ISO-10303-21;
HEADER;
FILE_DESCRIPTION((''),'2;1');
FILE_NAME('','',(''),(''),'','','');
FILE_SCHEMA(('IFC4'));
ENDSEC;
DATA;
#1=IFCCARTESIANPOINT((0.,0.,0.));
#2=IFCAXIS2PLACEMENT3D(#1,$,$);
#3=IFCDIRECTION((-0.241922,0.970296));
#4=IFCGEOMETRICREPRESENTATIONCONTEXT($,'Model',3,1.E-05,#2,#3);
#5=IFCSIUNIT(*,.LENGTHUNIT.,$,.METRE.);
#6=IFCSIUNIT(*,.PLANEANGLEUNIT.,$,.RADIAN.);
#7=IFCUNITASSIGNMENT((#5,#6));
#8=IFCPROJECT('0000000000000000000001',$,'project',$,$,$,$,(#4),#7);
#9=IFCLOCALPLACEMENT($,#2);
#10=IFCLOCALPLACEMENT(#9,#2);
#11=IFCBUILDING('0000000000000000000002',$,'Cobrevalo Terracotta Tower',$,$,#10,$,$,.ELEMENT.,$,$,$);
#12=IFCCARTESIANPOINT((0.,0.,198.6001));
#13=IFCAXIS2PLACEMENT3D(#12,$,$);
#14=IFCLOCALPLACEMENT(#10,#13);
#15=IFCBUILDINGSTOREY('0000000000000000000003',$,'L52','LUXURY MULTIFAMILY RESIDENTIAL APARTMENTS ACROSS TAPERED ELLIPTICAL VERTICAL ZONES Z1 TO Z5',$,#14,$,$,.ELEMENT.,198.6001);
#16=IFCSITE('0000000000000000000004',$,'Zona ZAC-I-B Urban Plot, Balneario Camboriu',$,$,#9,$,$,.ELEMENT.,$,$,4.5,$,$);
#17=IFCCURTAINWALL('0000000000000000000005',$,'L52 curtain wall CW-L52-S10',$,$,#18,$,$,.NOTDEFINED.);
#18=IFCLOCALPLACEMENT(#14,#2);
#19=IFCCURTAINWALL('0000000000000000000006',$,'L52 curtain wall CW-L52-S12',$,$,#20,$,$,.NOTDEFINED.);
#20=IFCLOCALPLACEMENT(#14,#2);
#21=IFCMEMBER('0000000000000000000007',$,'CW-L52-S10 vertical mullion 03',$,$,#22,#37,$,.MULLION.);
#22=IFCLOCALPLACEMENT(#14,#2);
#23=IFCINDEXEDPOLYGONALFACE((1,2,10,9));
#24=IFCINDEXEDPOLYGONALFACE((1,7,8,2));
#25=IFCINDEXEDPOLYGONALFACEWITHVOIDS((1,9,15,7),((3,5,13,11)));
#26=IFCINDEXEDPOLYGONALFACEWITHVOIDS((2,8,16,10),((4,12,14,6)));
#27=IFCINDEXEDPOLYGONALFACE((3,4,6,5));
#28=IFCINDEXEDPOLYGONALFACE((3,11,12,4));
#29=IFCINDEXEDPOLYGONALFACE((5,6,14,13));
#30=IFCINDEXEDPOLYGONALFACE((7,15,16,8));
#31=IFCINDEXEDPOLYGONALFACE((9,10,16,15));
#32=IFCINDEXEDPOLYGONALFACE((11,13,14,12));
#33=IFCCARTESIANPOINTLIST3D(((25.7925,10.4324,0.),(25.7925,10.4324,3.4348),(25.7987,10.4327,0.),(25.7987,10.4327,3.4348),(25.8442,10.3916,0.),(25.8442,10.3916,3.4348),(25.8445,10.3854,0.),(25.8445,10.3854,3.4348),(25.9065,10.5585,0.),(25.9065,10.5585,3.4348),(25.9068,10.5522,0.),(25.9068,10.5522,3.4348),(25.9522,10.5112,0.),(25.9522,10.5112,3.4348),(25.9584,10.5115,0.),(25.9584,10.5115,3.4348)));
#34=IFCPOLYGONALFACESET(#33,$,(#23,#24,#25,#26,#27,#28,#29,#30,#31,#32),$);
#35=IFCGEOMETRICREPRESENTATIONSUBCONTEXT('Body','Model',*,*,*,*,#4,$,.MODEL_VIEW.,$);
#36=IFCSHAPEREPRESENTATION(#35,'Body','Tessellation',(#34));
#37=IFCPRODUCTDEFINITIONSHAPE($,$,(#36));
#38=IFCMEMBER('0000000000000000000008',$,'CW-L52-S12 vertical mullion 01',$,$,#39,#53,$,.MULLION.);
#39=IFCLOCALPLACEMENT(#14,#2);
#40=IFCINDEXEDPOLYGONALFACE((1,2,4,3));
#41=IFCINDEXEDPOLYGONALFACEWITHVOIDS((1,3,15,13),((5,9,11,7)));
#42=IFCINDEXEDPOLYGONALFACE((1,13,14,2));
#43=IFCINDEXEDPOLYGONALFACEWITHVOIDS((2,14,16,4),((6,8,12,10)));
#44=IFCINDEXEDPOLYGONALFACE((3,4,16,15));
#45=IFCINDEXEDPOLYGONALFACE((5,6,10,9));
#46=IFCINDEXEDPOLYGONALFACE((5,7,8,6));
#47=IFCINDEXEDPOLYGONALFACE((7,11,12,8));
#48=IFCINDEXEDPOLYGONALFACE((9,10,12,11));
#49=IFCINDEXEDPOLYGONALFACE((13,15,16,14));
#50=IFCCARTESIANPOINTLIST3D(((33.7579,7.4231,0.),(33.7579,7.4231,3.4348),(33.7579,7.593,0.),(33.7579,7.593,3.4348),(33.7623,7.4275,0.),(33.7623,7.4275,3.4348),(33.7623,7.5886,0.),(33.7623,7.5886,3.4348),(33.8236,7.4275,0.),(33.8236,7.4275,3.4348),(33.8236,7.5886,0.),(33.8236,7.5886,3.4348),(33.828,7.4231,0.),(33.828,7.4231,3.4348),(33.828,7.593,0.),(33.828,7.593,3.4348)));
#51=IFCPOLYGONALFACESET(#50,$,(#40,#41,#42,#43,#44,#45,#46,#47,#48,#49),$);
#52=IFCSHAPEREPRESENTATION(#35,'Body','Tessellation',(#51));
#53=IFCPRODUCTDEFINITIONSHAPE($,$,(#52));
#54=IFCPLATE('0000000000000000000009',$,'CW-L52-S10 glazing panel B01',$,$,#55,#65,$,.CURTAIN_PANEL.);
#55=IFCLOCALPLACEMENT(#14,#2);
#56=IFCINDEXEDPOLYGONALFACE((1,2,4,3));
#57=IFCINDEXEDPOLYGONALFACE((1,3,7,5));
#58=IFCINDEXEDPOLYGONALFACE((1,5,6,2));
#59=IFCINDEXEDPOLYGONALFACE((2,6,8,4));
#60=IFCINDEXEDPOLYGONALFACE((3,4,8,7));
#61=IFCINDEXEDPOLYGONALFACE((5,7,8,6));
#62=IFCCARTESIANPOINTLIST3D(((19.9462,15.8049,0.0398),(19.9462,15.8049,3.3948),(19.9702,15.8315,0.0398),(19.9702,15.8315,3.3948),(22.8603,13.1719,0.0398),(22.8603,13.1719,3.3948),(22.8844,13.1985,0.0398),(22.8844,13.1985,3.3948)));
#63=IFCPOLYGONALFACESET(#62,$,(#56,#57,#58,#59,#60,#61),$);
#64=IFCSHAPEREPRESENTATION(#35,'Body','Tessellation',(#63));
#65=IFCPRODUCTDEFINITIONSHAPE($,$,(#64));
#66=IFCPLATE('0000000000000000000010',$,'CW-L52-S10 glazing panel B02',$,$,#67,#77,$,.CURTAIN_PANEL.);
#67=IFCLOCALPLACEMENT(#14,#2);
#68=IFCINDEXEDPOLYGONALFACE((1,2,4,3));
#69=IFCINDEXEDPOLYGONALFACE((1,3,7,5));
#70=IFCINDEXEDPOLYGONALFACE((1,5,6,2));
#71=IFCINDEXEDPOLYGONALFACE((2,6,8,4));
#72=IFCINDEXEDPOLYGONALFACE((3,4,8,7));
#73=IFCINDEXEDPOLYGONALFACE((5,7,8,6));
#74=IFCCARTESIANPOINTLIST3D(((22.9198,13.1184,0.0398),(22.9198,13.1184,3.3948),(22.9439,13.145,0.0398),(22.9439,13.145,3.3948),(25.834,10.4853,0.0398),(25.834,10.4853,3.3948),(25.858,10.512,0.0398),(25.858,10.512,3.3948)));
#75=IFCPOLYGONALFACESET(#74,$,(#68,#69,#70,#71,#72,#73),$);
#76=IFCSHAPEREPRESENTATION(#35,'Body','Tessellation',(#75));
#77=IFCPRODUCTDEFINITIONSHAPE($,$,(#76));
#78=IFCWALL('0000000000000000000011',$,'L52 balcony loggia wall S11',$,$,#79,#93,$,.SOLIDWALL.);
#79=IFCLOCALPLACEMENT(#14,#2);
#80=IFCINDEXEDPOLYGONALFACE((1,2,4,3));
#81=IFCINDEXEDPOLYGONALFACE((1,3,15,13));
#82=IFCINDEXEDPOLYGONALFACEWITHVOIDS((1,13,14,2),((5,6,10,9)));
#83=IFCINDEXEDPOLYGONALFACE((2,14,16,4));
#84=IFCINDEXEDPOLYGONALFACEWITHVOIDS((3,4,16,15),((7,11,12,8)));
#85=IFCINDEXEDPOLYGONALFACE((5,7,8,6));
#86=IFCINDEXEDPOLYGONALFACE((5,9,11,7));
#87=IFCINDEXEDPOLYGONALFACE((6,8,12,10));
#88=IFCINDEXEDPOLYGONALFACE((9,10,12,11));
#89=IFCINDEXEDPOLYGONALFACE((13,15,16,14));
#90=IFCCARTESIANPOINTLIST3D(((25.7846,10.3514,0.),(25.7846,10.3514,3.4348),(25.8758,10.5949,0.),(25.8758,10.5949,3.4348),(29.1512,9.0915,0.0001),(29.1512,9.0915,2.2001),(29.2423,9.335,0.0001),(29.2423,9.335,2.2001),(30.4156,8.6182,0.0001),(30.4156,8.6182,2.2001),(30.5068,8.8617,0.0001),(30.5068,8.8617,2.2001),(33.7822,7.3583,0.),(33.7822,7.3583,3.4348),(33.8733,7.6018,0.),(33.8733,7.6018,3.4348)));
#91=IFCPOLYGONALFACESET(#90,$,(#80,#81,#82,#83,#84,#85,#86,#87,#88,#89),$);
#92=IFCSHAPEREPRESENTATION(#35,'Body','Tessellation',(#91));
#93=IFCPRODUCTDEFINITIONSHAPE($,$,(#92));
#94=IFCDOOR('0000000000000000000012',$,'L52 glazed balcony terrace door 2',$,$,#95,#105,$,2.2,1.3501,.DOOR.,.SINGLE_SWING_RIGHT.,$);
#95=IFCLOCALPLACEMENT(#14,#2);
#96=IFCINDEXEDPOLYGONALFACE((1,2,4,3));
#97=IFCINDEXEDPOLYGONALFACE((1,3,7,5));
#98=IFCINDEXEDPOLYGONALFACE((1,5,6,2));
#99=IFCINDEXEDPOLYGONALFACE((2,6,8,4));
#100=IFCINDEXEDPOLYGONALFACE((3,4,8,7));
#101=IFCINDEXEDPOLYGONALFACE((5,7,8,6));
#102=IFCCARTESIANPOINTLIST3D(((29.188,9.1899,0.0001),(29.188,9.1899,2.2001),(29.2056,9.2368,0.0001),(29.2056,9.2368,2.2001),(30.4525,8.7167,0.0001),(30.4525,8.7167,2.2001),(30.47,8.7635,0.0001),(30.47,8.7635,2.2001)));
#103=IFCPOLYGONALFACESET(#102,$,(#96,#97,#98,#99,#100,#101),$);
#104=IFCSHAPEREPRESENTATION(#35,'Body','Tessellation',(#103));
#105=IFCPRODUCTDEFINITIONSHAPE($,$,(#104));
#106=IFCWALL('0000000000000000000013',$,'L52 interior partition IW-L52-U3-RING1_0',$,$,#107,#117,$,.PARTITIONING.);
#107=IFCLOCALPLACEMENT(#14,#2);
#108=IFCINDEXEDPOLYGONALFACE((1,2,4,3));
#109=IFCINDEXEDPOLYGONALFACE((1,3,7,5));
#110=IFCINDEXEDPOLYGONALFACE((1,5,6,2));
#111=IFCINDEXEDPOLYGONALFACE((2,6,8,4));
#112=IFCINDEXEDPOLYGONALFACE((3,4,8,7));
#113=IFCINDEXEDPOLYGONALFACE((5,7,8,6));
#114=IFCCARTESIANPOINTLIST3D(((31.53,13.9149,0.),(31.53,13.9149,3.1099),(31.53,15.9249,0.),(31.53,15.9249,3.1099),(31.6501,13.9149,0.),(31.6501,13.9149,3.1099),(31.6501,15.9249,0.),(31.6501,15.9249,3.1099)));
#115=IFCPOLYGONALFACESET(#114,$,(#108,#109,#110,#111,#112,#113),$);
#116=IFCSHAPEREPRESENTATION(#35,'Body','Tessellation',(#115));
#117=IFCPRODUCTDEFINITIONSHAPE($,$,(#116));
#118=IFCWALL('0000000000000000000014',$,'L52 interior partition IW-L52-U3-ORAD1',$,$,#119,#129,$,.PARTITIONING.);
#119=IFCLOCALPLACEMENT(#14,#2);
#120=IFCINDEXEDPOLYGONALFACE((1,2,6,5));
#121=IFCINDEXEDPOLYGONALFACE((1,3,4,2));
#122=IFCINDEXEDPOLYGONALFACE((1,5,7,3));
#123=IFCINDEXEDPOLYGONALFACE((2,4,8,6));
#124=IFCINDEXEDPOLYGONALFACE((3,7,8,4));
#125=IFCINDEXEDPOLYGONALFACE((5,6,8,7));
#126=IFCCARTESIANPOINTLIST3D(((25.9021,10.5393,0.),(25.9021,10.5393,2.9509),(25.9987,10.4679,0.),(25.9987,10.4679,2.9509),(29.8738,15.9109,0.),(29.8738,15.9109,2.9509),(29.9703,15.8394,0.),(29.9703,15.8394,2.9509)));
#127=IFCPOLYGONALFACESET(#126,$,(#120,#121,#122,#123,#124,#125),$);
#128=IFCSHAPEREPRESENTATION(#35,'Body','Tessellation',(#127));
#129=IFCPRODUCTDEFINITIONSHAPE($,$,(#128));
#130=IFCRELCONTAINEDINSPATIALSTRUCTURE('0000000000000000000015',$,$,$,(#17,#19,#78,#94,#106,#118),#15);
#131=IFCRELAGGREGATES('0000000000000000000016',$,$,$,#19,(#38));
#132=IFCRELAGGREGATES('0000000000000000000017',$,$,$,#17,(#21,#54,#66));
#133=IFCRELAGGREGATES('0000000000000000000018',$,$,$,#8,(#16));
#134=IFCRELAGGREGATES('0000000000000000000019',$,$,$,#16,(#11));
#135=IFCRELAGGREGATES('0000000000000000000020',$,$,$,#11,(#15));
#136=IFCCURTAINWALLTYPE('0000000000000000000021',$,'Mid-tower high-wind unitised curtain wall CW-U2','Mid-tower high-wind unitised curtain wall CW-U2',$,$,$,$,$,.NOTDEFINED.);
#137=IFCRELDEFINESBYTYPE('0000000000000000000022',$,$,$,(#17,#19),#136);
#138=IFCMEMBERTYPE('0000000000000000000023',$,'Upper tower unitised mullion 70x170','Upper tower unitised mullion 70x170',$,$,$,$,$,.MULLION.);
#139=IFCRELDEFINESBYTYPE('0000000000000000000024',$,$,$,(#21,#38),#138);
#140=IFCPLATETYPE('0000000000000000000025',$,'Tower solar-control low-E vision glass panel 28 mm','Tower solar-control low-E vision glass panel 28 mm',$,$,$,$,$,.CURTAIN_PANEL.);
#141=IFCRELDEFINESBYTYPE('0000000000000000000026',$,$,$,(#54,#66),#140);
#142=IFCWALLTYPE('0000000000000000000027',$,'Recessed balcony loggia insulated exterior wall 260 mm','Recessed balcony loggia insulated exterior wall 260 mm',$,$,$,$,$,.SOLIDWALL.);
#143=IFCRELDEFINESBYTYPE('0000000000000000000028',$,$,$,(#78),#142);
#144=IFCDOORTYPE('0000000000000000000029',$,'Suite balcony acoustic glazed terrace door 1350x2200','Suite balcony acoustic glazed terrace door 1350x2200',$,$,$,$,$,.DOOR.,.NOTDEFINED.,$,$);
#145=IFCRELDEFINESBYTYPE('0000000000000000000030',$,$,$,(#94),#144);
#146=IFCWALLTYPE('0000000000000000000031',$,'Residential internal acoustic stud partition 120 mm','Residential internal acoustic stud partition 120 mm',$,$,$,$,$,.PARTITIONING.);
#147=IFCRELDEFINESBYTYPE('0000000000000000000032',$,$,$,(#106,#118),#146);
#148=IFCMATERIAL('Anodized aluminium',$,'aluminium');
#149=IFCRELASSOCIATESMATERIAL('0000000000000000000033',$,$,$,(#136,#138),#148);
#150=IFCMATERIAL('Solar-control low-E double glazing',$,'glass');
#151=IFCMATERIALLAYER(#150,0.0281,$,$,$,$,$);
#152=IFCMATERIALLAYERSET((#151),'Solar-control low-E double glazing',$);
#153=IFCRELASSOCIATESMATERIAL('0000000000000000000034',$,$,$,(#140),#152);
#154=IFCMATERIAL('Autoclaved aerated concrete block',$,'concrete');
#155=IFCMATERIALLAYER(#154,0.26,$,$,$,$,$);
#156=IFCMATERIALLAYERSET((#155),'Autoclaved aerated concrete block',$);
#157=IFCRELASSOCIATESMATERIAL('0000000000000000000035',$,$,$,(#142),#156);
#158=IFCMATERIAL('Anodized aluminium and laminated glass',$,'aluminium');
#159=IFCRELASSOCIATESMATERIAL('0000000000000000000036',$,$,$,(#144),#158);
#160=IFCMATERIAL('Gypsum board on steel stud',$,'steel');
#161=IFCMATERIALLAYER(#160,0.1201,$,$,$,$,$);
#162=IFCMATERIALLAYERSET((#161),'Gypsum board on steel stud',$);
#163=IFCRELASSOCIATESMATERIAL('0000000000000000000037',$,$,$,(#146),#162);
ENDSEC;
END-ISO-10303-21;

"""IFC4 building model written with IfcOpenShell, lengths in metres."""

from ifc_helpers import new_model, si_unit, direction, frame, frame_2d, origin, origin_2d, place, context, subcontext, project, spatial, rectangle, hollow_rectangle, extrude, source, transform, mapped, material, layer, layer_set, material_profile, profile_set, type_object, element, fill, aggregate, save


model = new_model("IFC4")

# Units and contexts
model_context = context("Model", 3, precision=1e-05, world=origin(), true_north=direction((-0.241922, 0.970296)))
body_context = subcontext(model_context, "Body", "Model", "MODEL_VIEW")
ifc_project = project(units=[si_unit("LENGTHUNIT", "METRE"), si_unit("PLANEANGLEUNIT", "RADIAN")], contexts=[model_context])

# Site, building, storey
site_placement = place(None, origin())
site = spatial("IfcSite", under=ifc_project, at=site_placement, Name="Zona ZAC-I-B Urban Plot, Balneario Camboriu", CompositionType="ELEMENT", RefElevation=4.5)
building_placement = place(site_placement, origin())
building = spatial("IfcBuilding", under=site, at=building_placement, Name="Cobrevalo Terracotta Tower", CompositionType="ELEMENT")
storey_placement = place(building_placement, frame((0.0, 0.0, 198.6001)))
storey = spatial("IfcBuildingStorey", under=building, at=storey_placement, Name="L52", Description="LUXURY MULTIFAMILY RESIDENTIAL APARTMENTS ACROSS TAPERED ELLIPTICAL VERTICAL ZONES Z1 TO Z5", CompositionType="ELEMENT", Elevation=198.6001)

# Curtain walls
ifc_material_1 = material(Name="Anodized aluminium", Category="aluminium")
curtain_wall_type = type_object("IfcCurtainWallType", Name="Mid-tower high-wind unitised curtain wall CW-U2", Description="Mid-tower high-wind unitised curtain wall CW-U2", PredefinedType="NOTDEFINED", material=ifc_material_1)
curtain_wall_1_placement = place(storey_placement, origin())
curtain_wall_1 = element("IfcCurtainWall", 1, at=curtain_wall_1_placement, inside=storey, type_object=curtain_wall_type, Name="L52 curtain wall CW-L52-S10", PredefinedType="NOTDEFINED")
curtain_wall_2_placement = place(storey_placement, origin())
curtain_wall_2 = element("IfcCurtainWall", 2, at=curtain_wall_2_placement, inside=storey, type_object=curtain_wall_type, Name="L52 curtain wall CW-L52-S12", PredefinedType="NOTDEFINED")

# Members
ifc_material_profile_1 = material_profile(ifc_material_1, hollow_rectangle(XDim=0.0701, YDim=0.1699, WallThickness=0.0044, at=origin_2d()), Name="CWM 70x170")
ifc_profile_set_1 = profile_set([ifc_material_profile_1], Name="Anodized aluminium")
member_type_1 = type_object("IfcMemberType", Name="Upper tower unitised mullion 70x170", Description="Upper tower unitised mullion 70x170", PredefinedType="MULLION", material=ifc_profile_set_1)
shared_shape_1 = source(origin(), body_context, "Body", "SweptSolid", [
    extrude(hollow_rectangle(XDim=0.0701, YDim=0.1699, WallThickness=0.0044, at=origin_2d()), origin(), (0.0, 0.0, 1.0), 3.4348),
])
member_1_placement = place(storey_placement, frame((25.8755, 10.4719, 0.0), z_axis=(0.0, 0.0, 1.0), x_axis=(0.741988, -0.670414, 0.0)))
member_1 = element("IfcMember", 3, at=member_1_placement, type_object=member_type_1, Name="CW-L52-S10 vertical mullion 03", PredefinedType="MULLION", context=body_context, shape_type="MappedRepresentation", body=[
    mapped(shared_shape_1, transform((0.0, 0.0, 0.0), scale=1.0)),
])
member_2_placement = place(storey_placement, frame((33.793, 7.5081, 0.0), z_axis=(0.0, 0.0, 1.0), x_axis=(1.0, 0.0, 0.0)))
member_2 = element("IfcMember", 4, at=member_2_placement, type_object=member_type_1, Name="CW-L52-S12 vertical mullion 01", PredefinedType="MULLION", context=body_context, shape_type="MappedRepresentation", body=[
    mapped(shared_shape_1, transform((0.0, 0.0, 0.0), scale=1.0)),
])
aggregate(curtain_wall_2, [member_2])

# Plates
ifc_material_2 = material(Name="Solar-control low-E double glazing", Category="glass")
ifc_layer_1 = layer(ifc_material_2, 0.0281)
ifc_layer_set_1 = layer_set([ifc_layer_1], Name="Solar-control low-E double glazing")
plate_type = type_object("IfcPlateType", Name="Tower solar-control low-E vision glass panel 28 mm", Description="Tower solar-control low-E vision glass panel 28 mm", PredefinedType="CURTAIN_PANEL", material=ifc_layer_set_1)
shared_shape_2 = source(origin(), body_context, "Body", "SweptSolid", [
    extrude(rectangle(XDim=3.9275, YDim=0.0359, at=origin_2d()), origin(), (0.0, 0.0, 1.0), 3.355),
])
plate_1_placement = place(storey_placement, frame((21.4153, 14.5017, 0.0398), z_axis=(0.0, 0.0, 1.0), x_axis=(0.741988, -0.670414, 0.0)))
plate_1 = element("IfcPlate", 5, at=plate_1_placement, type_object=plate_type, Name="CW-L52-S10 glazing panel B01", PredefinedType="CURTAIN_PANEL", context=body_context, shape_type="MappedRepresentation", body=[
    mapped(shared_shape_2, transform((0.0, 0.0, 0.0), scale=1.0)),
])
plate_2_placement = place(storey_placement, frame((24.3889, 11.8152, 0.0398), z_axis=(0.0, 0.0, 1.0), x_axis=(0.741988, -0.670414, 0.0)))
plate_2 = element("IfcPlate", 6, at=plate_2_placement, type_object=plate_type, Name="CW-L52-S10 glazing panel B02", PredefinedType="CURTAIN_PANEL", context=body_context, shape_type="MappedRepresentation", body=[
    mapped(shared_shape_2, transform((0.0, 0.0, 0.0), scale=1.0)),
])
aggregate(curtain_wall_1, [member_1, plate_1, plate_2])

# Wall, opening, door
ifc_material_3 = material(Name="Autoclaved aerated concrete block", Category="concrete")
ifc_layer_2 = layer(ifc_material_3, 0.26)
ifc_layer_set_2 = layer_set([ifc_layer_2], Name="Autoclaved aerated concrete block")
wall_type_1 = type_object("IfcWallType", Name="Recessed balcony loggia insulated exterior wall 260 mm", Description="Recessed balcony loggia insulated exterior wall 260 mm", PredefinedType="SOLIDWALL", material=ifc_layer_set_2)
wall_1_placement = place(storey_placement, frame((25.8303, 10.4731, 0.0), z_axis=(0.0, 0.0, 1.0), x_axis=(0.936557, -0.350516, 0.0)))
wall_1 = element("IfcWall", 7, at=wall_1_placement, inside=storey, type_object=wall_type_1, Name="L52 balcony loggia wall S11", PredefinedType="SOLIDWALL", context=body_context, shape_type="SweptSolid", body=[
    extrude(rectangle(XDim=8.5393, YDim=0.26, at=frame_2d((4.2695, 0.0))), origin(), (0.0, 0.0, 1.0), 3.4348),
])
opening_placement = place(wall_1_placement, frame((3.5945, 0.0, 0.0)))
opening = element("IfcOpeningElement", 8, at=opening_placement, cuts=wall_1, PredefinedType="OPENING", context=body_context, shape_type="SweptSolid", body=[
    extrude(rectangle(XDim=1.3501, YDim=2.2, at=frame_2d((0.675, 1.1001))), frame((0.0, 0.1401, 0.0), z_axis=(0.0, -1.0, 0.0), x_axis=(1.0, 0.0, 0.0)), (0.0, 0.0, 1.0), 0.28),
])
ifc_material_4 = material(Name="Anodized aluminium and laminated glass", Category="aluminium")
door_type = type_object("IfcDoorType", Name="Suite balcony acoustic glazed terrace door 1350x2200", Description="Suite balcony acoustic glazed terrace door 1350x2200", OperationType="NOTDEFINED", PredefinedType="DOOR", material=ifc_material_4)
shared_shape_3 = source(origin(), body_context, "Body", "SweptSolid", [
    extrude(rectangle(XDim=1.3501, YDim=2.2, at=frame_2d((0.675, 1.1001))), frame((0.0, 0.0249, 0.0), z_axis=(0.0, -1.0, 0.0), x_axis=(1.0, 0.0, 0.0)), (0.0, 0.0, 1.0), 0.05),
])
door_placement = place(opening_placement, frame((1.3501, 0.0, 0.0), z_axis=(0.0, 0.0, 1.0), x_axis=(-1.0, 0.0, 0.0)))
door = element("IfcDoor", 9, at=door_placement, inside=storey, type_object=door_type, Name="L52 glazed balcony terrace door 2", OperationType="SINGLE_SWING_RIGHT", OverallHeight=2.2, OverallWidth=1.3501, PredefinedType="DOOR", context=body_context, shape_type="MappedRepresentation", body=[
    mapped(shared_shape_3, transform((0.0, 0.0, 0.0), scale=1.0)),
])
fill(opening, door)

# Walls
ifc_material_5 = material(Name="Gypsum board on steel stud", Category="steel")
ifc_layer_3 = layer(ifc_material_5, 0.1201)
ifc_layer_set_3 = layer_set([ifc_layer_3], Name="Gypsum board on steel stud")
wall_type_2 = type_object("IfcWallType", Name="Residential internal acoustic stud partition 120 mm", Description="Residential internal acoustic stud partition 120 mm", PredefinedType="PARTITIONING", material=ifc_layer_set_3)
wall_2_placement = place(storey_placement, frame((31.5901, 13.915, 0.0), z_axis=(0.0, 0.0, 1.0), x_axis=(0.0, 1.0, 0.0)))
element("IfcWall", 10, at=wall_2_placement, inside=storey, type_object=wall_type_2, Name="L52 interior partition IW-L52-U3-RING1_0", PredefinedType="PARTITIONING", context=body_context, shape_type="SweptSolid", body=[
    extrude(rectangle(XDim=2.01, YDim=0.1201, at=frame_2d((1.0049, 0.0))), origin(), (0.0, 0.0, 1.0), 3.1099),
])
wall_3_placement = place(storey_placement, frame((29.9221, 15.8752, 0.0), z_axis=(0.0, 0.0, 1.0), x_axis=(-0.594525, -0.804077, 0.0)))
element("IfcWall", 11, at=wall_3_placement, inside=storey, type_object=wall_type_2, Name="L52 interior partition IW-L52-U3-ORAD1", PredefinedType="PARTITIONING", context=body_context, shape_type="SweptSolid", body=[
    extrude(rectangle(XDim=6.6804, YDim=0.1201, at=frame_2d((3.3403, 0.0))), origin(), (0.0, 0.0, 1.0), 2.9509),
])

save(model, "model.ifc")
